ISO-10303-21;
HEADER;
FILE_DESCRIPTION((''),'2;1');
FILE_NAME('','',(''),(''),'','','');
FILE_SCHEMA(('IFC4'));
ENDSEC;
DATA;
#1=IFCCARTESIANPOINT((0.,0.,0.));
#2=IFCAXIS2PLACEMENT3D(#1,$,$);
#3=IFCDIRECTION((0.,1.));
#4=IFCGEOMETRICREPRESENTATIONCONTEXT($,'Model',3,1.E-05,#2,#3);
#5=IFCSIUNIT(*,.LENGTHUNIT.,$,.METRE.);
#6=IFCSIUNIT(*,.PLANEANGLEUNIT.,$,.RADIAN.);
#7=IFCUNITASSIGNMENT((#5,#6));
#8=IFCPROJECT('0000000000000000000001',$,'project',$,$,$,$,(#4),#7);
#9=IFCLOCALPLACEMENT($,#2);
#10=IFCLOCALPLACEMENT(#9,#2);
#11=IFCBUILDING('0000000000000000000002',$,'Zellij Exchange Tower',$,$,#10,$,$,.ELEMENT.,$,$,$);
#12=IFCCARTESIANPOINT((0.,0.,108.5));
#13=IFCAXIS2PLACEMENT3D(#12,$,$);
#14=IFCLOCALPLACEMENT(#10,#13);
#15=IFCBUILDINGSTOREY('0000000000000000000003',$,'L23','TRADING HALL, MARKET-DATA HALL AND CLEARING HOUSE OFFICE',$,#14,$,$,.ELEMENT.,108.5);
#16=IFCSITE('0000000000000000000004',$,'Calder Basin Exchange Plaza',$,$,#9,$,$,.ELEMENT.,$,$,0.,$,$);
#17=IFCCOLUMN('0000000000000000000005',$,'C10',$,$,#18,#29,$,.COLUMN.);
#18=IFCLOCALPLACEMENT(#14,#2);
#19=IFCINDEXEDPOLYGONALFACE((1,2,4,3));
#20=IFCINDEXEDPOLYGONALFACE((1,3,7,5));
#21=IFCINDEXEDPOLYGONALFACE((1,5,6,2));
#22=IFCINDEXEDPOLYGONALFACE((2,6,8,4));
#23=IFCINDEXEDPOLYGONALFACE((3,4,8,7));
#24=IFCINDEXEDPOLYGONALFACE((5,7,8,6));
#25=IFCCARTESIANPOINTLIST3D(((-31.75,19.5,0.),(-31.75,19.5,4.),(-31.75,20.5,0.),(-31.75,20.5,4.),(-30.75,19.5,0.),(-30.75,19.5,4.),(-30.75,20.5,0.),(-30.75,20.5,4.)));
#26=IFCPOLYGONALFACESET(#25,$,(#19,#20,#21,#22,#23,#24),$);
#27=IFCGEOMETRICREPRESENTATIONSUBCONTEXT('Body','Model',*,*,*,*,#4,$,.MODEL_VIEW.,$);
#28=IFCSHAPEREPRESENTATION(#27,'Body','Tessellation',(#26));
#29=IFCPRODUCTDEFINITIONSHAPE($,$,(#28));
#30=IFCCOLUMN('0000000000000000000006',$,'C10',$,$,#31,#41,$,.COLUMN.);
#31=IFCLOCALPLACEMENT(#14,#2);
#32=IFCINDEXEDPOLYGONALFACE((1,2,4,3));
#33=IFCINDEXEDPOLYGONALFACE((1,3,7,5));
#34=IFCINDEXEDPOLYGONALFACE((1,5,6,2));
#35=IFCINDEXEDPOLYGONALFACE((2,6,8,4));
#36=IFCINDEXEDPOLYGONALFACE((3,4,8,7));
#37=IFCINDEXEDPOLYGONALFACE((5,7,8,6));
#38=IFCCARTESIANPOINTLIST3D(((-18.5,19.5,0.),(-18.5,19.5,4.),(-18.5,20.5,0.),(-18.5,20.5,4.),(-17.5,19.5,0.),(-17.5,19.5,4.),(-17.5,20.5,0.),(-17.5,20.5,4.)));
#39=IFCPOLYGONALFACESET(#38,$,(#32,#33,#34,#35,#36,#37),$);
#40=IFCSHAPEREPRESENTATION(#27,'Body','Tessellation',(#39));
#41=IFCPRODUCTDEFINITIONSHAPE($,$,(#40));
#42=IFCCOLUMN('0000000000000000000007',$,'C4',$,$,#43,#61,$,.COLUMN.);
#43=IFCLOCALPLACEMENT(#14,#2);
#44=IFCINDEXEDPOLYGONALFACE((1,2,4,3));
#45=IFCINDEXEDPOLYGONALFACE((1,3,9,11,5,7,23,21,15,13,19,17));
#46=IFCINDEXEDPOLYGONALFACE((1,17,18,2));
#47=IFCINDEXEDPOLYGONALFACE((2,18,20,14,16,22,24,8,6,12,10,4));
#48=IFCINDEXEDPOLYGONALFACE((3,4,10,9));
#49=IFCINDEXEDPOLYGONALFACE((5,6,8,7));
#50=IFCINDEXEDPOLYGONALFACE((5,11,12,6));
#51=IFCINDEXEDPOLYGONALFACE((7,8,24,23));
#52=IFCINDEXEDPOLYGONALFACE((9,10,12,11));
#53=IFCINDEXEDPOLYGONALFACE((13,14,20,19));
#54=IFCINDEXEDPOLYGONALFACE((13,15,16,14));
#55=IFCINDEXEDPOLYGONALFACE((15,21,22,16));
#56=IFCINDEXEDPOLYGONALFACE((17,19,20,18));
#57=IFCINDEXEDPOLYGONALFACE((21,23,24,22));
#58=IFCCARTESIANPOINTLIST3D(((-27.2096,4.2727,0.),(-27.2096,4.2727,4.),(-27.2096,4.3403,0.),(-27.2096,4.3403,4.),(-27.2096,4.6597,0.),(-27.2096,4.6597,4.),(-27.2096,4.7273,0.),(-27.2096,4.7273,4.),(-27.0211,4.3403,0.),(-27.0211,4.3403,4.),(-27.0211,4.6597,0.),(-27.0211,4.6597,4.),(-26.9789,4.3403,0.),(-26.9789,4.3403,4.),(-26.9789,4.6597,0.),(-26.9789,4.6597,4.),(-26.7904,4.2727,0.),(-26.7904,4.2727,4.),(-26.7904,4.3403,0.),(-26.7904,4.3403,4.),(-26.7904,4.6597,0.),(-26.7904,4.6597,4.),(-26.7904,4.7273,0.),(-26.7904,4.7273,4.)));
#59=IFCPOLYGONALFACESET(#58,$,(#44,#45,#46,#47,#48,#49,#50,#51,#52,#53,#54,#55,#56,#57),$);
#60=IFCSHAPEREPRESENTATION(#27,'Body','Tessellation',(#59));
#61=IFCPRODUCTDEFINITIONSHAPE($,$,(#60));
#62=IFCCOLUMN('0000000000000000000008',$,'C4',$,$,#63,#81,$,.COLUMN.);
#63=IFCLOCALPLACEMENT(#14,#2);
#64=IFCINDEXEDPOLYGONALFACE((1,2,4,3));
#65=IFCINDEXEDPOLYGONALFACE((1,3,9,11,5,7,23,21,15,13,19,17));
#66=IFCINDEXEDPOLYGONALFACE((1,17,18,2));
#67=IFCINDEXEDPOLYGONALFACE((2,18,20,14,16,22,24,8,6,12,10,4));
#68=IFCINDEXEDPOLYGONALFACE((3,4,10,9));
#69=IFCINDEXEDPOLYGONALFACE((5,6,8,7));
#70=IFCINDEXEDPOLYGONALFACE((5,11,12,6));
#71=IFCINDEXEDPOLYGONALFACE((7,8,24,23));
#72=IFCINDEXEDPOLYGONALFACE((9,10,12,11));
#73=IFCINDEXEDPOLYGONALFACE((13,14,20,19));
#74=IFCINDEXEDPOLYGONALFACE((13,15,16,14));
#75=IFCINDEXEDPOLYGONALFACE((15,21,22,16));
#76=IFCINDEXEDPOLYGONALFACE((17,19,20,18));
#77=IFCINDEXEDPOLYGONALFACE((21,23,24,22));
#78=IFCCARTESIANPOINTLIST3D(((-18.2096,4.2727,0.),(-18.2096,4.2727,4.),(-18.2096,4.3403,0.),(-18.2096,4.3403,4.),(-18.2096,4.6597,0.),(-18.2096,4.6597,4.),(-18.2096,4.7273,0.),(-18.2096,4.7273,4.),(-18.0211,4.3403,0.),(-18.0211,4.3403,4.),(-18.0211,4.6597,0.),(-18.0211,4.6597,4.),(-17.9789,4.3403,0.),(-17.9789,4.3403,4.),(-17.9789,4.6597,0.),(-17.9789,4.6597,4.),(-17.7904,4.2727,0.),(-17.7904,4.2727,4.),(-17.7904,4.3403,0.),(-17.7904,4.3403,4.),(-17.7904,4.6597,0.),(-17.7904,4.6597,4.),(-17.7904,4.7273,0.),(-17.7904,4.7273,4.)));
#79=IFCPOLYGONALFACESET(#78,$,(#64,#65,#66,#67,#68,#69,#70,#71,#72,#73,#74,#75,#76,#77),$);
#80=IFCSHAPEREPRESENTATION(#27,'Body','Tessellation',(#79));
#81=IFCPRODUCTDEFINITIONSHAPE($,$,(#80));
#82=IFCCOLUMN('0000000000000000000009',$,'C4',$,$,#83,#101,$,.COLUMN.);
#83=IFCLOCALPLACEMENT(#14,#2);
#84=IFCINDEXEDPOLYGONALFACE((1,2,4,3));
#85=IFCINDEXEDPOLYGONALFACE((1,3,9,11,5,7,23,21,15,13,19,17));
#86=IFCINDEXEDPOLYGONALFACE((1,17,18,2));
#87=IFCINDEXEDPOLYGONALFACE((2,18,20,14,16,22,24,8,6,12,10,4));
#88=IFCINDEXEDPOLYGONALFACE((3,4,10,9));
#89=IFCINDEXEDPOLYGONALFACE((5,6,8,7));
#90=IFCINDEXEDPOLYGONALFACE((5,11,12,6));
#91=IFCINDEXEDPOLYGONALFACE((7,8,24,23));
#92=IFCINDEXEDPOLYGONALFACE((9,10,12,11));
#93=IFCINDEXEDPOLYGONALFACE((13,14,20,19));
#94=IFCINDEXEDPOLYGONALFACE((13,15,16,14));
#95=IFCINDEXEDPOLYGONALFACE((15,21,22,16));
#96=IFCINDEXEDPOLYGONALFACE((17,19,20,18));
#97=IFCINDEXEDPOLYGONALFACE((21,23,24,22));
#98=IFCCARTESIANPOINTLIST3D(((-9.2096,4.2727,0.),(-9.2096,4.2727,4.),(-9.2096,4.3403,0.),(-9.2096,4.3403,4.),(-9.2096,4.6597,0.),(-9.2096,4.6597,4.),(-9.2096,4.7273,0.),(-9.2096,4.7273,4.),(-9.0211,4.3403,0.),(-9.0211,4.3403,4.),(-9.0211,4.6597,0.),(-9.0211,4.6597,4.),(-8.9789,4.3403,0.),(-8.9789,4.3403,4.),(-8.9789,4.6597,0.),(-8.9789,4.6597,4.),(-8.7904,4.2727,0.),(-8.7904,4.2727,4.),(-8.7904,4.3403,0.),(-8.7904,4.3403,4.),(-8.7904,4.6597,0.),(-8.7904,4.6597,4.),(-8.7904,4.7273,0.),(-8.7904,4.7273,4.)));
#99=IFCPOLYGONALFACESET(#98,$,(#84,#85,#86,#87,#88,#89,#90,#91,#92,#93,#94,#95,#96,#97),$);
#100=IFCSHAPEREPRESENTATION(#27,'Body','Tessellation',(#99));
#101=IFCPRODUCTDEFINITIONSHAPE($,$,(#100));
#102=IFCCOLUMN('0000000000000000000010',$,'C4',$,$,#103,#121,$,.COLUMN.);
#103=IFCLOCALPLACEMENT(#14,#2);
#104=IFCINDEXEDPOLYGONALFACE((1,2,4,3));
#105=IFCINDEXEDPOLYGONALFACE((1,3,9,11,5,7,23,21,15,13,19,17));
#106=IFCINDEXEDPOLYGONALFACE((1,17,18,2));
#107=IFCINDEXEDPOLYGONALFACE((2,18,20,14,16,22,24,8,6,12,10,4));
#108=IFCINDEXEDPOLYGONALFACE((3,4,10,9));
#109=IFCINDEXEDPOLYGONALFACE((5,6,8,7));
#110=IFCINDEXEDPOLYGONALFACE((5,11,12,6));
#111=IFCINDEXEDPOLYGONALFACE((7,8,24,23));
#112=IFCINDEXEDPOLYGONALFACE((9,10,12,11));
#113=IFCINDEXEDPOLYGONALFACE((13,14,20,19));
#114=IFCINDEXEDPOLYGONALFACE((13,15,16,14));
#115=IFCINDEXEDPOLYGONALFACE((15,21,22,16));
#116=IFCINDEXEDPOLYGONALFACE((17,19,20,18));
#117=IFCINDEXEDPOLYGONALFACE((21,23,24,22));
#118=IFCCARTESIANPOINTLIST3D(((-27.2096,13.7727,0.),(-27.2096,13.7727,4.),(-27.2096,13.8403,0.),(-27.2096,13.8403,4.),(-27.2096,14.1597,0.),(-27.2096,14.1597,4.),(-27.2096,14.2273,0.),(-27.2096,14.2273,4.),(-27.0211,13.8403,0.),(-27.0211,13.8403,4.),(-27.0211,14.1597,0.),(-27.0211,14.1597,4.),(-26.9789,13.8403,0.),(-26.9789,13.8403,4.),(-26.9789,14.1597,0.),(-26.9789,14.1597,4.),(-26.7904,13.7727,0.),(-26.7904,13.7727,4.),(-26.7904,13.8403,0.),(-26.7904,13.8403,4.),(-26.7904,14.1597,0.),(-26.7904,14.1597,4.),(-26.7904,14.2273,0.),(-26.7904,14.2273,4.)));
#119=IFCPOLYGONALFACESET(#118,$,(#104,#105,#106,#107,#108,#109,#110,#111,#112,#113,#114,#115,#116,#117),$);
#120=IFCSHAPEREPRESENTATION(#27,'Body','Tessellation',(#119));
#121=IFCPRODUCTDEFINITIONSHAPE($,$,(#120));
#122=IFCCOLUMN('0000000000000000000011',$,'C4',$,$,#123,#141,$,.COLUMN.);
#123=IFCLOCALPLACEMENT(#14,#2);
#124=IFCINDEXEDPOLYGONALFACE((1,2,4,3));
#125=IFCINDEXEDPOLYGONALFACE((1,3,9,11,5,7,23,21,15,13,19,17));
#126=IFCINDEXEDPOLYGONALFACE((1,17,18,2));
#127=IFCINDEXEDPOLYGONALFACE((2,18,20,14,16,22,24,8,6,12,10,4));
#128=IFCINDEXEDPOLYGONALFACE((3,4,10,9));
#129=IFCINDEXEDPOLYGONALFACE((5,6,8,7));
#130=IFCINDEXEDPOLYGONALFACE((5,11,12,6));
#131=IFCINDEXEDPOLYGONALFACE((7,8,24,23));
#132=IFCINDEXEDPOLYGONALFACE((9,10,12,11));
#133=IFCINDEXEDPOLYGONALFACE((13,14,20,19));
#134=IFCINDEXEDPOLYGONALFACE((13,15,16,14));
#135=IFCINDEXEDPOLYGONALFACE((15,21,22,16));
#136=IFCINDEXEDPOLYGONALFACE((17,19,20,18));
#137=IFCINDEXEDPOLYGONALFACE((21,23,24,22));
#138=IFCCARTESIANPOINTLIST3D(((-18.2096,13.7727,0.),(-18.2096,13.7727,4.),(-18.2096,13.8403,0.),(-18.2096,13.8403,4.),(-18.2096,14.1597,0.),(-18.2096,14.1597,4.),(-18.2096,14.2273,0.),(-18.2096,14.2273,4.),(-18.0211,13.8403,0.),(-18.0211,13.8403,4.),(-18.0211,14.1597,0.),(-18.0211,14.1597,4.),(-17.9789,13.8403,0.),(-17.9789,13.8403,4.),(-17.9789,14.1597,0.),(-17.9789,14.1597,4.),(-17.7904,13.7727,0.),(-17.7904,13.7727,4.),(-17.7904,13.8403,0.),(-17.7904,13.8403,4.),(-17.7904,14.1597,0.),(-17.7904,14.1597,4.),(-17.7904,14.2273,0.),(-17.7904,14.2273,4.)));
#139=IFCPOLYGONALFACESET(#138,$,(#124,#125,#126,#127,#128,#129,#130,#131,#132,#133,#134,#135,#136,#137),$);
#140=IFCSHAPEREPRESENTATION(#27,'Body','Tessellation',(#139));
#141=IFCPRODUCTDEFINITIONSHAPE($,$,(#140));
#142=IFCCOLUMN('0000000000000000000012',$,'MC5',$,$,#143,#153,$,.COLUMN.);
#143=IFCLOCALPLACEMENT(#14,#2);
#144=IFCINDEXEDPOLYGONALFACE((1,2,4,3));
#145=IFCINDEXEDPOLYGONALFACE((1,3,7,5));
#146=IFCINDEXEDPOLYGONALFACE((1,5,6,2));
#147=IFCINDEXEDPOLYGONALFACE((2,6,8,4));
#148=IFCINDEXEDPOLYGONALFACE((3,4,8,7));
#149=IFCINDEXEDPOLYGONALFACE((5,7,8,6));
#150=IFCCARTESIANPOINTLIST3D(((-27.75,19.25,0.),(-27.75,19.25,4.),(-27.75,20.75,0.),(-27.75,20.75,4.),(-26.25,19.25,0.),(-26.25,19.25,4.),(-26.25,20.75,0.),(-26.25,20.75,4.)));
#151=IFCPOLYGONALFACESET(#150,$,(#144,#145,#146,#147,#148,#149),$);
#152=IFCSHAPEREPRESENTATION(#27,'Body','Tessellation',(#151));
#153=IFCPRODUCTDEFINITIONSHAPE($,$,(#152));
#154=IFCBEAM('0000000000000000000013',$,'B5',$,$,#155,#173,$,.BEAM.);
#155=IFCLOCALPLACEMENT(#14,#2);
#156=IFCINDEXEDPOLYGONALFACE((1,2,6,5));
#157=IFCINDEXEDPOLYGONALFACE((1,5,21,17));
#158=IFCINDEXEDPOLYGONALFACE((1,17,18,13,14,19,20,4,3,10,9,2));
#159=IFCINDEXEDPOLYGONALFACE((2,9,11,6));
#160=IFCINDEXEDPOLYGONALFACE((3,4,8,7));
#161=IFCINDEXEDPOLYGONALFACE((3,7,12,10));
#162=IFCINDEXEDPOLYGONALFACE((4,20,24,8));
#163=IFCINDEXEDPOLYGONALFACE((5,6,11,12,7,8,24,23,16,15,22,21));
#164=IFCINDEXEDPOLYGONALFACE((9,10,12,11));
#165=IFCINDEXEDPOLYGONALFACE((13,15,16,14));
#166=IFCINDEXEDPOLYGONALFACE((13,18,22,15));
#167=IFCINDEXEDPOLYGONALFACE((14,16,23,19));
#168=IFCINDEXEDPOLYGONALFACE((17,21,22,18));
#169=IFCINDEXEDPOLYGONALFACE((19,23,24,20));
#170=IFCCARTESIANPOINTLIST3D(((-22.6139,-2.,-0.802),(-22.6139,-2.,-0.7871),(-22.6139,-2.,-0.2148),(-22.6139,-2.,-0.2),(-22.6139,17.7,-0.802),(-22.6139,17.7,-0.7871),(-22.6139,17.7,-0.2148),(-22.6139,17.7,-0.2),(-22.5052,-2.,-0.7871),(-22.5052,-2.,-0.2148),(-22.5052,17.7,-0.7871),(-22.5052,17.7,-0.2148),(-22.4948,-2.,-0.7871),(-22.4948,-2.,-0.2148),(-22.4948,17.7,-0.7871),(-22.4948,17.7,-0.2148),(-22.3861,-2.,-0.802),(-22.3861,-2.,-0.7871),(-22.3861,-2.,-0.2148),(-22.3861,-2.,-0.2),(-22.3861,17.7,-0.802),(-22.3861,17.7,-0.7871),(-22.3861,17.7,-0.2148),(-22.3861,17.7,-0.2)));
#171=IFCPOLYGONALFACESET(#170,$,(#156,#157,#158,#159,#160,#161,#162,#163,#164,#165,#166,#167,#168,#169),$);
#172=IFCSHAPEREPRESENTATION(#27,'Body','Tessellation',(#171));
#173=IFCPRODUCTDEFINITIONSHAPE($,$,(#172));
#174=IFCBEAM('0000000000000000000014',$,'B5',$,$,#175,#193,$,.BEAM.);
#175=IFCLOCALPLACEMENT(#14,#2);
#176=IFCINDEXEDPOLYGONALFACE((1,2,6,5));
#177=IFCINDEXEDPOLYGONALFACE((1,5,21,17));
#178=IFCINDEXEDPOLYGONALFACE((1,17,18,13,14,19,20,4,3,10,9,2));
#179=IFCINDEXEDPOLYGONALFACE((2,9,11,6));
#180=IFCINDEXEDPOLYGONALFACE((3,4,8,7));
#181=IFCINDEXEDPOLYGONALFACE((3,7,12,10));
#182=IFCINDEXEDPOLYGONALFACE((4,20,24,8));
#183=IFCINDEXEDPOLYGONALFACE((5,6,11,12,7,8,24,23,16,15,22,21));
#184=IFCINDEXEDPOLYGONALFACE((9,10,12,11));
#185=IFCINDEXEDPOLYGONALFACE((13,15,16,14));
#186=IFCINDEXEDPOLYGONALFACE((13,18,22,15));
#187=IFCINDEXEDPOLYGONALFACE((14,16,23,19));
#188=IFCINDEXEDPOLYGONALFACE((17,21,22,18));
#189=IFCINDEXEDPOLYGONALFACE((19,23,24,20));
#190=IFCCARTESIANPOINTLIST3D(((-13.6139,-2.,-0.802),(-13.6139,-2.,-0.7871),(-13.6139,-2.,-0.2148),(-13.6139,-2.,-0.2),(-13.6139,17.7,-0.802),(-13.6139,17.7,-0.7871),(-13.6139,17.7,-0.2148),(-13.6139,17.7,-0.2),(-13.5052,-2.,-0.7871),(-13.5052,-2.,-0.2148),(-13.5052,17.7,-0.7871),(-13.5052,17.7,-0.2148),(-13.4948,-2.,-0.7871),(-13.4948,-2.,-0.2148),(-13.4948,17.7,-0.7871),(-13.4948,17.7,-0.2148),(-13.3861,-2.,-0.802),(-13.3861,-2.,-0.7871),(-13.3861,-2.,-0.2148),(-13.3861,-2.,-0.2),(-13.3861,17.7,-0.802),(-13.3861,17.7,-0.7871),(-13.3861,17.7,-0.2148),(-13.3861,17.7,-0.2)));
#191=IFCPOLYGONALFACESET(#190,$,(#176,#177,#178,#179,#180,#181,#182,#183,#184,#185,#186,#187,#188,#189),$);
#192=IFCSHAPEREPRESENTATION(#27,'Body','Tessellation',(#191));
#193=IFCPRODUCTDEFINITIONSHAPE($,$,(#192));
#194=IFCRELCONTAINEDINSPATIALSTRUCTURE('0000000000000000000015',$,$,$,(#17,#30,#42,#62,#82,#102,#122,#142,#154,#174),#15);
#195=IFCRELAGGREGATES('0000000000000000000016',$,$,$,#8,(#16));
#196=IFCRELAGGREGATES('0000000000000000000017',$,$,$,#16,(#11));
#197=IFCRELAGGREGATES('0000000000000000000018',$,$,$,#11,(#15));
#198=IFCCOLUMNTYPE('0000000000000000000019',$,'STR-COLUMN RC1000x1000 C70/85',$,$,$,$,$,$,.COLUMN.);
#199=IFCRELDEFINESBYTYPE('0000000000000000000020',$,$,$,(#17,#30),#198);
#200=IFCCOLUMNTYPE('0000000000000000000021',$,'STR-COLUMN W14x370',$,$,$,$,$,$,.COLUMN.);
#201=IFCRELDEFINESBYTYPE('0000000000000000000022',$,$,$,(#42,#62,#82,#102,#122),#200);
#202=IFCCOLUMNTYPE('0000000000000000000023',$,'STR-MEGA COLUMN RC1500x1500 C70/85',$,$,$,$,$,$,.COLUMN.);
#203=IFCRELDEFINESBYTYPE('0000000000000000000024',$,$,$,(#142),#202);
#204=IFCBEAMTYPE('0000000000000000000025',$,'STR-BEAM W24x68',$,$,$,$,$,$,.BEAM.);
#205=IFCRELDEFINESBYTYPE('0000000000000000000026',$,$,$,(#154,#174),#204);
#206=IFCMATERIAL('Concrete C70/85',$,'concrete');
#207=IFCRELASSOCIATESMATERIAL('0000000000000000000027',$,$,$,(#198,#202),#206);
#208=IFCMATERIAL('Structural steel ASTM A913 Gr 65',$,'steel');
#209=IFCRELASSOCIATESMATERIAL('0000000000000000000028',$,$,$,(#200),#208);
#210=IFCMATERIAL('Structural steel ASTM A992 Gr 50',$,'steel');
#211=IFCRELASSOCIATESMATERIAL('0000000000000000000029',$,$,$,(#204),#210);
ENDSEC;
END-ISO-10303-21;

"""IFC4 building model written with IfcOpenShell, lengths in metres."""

from ifc_helpers import new_model, si_unit, direction, frame, origin, origin_2d, place, context, subcontext, project, spatial, rectangle, i_section, extrude, material, material_profile, profile_set, type_object, element, save


model = new_model("IFC4")

# Units and contexts
model_context = context("Model", 3, precision=1e-05, world=origin(), true_north=direction((0.0, 1.0)))
body_context = subcontext(model_context, "Body", "Model", "MODEL_VIEW")
ifc_project = project(units=[si_unit("LENGTHUNIT", "METRE"), si_unit("PLANEANGLEUNIT", "RADIAN")], contexts=[model_context])

# Site, building, storey
site_placement = place(None, origin())
site = spatial("IfcSite", under=ifc_project, at=site_placement, Name="Calder Basin Exchange Plaza", CompositionType="ELEMENT", RefElevation=0.0)
building_placement = place(site_placement, origin())
building = spatial("IfcBuilding", under=site, at=building_placement, Name="Zellij Exchange Tower", CompositionType="ELEMENT")
storey_placement = place(building_placement, frame((0.0, 0.0, 108.5)))
storey = spatial("IfcBuildingStorey", under=building, at=storey_placement, Name="L23", Description="TRADING HALL, MARKET-DATA HALL AND CLEARING HOUSE OFFICE", CompositionType="ELEMENT", Elevation=108.5)

# Columns
ifc_material_1 = material(Name="Concrete C70/85", Category="concrete")
ifc_material_profile_1 = material_profile(ifc_material_1, rectangle(XDim=1.0, YDim=1.0, at=origin_2d()), Name="STR-COLUMN RC1000x1000 C70/85")
ifc_profile_set_1 = profile_set([ifc_material_profile_1], Name="Concrete C70/85")
column_type_1 = type_object("IfcColumnType", Name="STR-COLUMN RC1000x1000 C70/85", PredefinedType="COLUMN", material=ifc_profile_set_1)
for number, where, z_axis, x_axis, name in (
    (1, (-31.25, 20.0, 0.0), (0.0, 0.0, 1.0), (1.0, 0.0, 0.0), "C10"),
    (2, (-18.0, 20.0, 0.0), (0.0, 0.0, 1.0), (1.0, 0.0, 0.0), "C10"),
):
    element("IfcColumn", number, at=place(storey_placement, frame(where, z_axis=z_axis, x_axis=x_axis)), inside=storey, type_object=column_type_1, Name=name, PredefinedType="COLUMN", context=body_context, shape_type="SweptSolid", body=[
        extrude(rectangle(XDim=1.0, YDim=1.0, at=origin_2d()), origin(), (0.0, 0.0, 1.0), 4.0),
    ])
ifc_material_2 = material(Name="Structural steel ASTM A913 Gr 65", Category="steel")
ifc_material_profile_2 = material_profile(ifc_material_2, i_section(OverallWidth=0.4192, OverallDepth=0.4546, WebThickness=0.0422, FlangeThickness=0.0676, at=origin_2d()), Name="W14x370")
ifc_profile_set_2 = profile_set([ifc_material_profile_2], Name="Structural steel ASTM A913 Gr 65")
column_type_2 = type_object("IfcColumnType", Name="STR-COLUMN W14x370", PredefinedType="COLUMN", material=ifc_profile_set_2)
for number, where, z_axis, x_axis, name in (
    (3, (-27.0, 4.5, 0.0), (0.0, 0.0, 1.0), (1.0, 0.0, 0.0), "C4"),
    (4, (-18.0, 4.5, 0.0), (0.0, 0.0, 1.0), (1.0, 0.0, 0.0), "C4"),
    (5, (-9.0, 4.5, 0.0), (0.0, 0.0, 1.0), (1.0, 0.0, 0.0), "C4"),
    (6, (-27.0, 14.0, 0.0), (0.0, 0.0, 1.0), (1.0, 0.0, 0.0), "C4"),
    (7, (-18.0, 14.0, 0.0), (0.0, 0.0, 1.0), (1.0, 0.0, 0.0), "C4"),
):
    element("IfcColumn", number, at=place(storey_placement, frame(where, z_axis=z_axis, x_axis=x_axis)), inside=storey, type_object=column_type_2, Name=name, PredefinedType="COLUMN", context=body_context, shape_type="SweptSolid", body=[
        extrude(i_section(OverallWidth=0.4192, OverallDepth=0.4546, WebThickness=0.0422, FlangeThickness=0.0676, at=origin_2d()), origin(), (0.0, 0.0, 1.0), 4.0),
    ])
ifc_material_profile_3 = material_profile(ifc_material_1, rectangle(XDim=1.5, YDim=1.5, at=origin_2d()), Name="STR-MEGA COLUMN RC1500x1500 C70/85")
ifc_profile_set_3 = profile_set([ifc_material_profile_3], Name="Concrete C70/85")
column_type_3 = type_object("IfcColumnType", Name="STR-MEGA COLUMN RC1500x1500 C70/85", PredefinedType="COLUMN", material=ifc_profile_set_3)
column_placement = place(storey_placement, frame((-27.0, 20.0, 0.0), z_axis=(0.0, 0.0, 1.0), x_axis=(1.0, 0.0, 0.0)))
element("IfcColumn", 8, at=column_placement, inside=storey, type_object=column_type_3, Name="MC5", PredefinedType="COLUMN", context=body_context, shape_type="SweptSolid", body=[
    extrude(rectangle(XDim=1.5, YDim=1.5, at=origin_2d()), origin(), (0.0, 0.0, 1.0), 4.0),
])

# Beams
ifc_material_3 = material(Name="Structural steel ASTM A992 Gr 50", Category="steel")
ifc_material_profile_4 = material_profile(ifc_material_3, i_section(OverallWidth=0.2278, OverallDepth=0.6021, WebThickness=0.0105, FlangeThickness=0.0149, at=origin_2d()), Name="W24x68")
ifc_profile_set_4 = profile_set([ifc_material_profile_4], Name="Structural steel ASTM A992 Gr 50")
beam_type_1 = type_object("IfcBeamType", Name="STR-BEAM W24x68", PredefinedType="BEAM", material=ifc_profile_set_4)
for number, where, z_axis, x_axis, name in (
    (9, (-22.5, -2.0, -0.501), (0.0, 1.0, 0.0), (-1.0, 0.0, 0.0), "B5"),
    (10, (-13.5, -2.0, -0.501), (0.0, 1.0, 0.0), (-1.0, 0.0, 0.0), "B5"),
):
    element("IfcBeam", number, at=place(storey_placement, frame(where, z_axis=z_axis, x_axis=x_axis)), inside=storey, type_object=beam_type_1, Name=name, PredefinedType="BEAM", context=body_context, shape_type="SweptSolid", body=[
        extrude(i_section(OverallWidth=0.2278, OverallDepth=0.6021, WebThickness=0.0105, FlangeThickness=0.0149, at=origin_2d()), origin(), (0.0, 0.0, 1.0), 19.7),
    ])

save(model, "model.ifc")
